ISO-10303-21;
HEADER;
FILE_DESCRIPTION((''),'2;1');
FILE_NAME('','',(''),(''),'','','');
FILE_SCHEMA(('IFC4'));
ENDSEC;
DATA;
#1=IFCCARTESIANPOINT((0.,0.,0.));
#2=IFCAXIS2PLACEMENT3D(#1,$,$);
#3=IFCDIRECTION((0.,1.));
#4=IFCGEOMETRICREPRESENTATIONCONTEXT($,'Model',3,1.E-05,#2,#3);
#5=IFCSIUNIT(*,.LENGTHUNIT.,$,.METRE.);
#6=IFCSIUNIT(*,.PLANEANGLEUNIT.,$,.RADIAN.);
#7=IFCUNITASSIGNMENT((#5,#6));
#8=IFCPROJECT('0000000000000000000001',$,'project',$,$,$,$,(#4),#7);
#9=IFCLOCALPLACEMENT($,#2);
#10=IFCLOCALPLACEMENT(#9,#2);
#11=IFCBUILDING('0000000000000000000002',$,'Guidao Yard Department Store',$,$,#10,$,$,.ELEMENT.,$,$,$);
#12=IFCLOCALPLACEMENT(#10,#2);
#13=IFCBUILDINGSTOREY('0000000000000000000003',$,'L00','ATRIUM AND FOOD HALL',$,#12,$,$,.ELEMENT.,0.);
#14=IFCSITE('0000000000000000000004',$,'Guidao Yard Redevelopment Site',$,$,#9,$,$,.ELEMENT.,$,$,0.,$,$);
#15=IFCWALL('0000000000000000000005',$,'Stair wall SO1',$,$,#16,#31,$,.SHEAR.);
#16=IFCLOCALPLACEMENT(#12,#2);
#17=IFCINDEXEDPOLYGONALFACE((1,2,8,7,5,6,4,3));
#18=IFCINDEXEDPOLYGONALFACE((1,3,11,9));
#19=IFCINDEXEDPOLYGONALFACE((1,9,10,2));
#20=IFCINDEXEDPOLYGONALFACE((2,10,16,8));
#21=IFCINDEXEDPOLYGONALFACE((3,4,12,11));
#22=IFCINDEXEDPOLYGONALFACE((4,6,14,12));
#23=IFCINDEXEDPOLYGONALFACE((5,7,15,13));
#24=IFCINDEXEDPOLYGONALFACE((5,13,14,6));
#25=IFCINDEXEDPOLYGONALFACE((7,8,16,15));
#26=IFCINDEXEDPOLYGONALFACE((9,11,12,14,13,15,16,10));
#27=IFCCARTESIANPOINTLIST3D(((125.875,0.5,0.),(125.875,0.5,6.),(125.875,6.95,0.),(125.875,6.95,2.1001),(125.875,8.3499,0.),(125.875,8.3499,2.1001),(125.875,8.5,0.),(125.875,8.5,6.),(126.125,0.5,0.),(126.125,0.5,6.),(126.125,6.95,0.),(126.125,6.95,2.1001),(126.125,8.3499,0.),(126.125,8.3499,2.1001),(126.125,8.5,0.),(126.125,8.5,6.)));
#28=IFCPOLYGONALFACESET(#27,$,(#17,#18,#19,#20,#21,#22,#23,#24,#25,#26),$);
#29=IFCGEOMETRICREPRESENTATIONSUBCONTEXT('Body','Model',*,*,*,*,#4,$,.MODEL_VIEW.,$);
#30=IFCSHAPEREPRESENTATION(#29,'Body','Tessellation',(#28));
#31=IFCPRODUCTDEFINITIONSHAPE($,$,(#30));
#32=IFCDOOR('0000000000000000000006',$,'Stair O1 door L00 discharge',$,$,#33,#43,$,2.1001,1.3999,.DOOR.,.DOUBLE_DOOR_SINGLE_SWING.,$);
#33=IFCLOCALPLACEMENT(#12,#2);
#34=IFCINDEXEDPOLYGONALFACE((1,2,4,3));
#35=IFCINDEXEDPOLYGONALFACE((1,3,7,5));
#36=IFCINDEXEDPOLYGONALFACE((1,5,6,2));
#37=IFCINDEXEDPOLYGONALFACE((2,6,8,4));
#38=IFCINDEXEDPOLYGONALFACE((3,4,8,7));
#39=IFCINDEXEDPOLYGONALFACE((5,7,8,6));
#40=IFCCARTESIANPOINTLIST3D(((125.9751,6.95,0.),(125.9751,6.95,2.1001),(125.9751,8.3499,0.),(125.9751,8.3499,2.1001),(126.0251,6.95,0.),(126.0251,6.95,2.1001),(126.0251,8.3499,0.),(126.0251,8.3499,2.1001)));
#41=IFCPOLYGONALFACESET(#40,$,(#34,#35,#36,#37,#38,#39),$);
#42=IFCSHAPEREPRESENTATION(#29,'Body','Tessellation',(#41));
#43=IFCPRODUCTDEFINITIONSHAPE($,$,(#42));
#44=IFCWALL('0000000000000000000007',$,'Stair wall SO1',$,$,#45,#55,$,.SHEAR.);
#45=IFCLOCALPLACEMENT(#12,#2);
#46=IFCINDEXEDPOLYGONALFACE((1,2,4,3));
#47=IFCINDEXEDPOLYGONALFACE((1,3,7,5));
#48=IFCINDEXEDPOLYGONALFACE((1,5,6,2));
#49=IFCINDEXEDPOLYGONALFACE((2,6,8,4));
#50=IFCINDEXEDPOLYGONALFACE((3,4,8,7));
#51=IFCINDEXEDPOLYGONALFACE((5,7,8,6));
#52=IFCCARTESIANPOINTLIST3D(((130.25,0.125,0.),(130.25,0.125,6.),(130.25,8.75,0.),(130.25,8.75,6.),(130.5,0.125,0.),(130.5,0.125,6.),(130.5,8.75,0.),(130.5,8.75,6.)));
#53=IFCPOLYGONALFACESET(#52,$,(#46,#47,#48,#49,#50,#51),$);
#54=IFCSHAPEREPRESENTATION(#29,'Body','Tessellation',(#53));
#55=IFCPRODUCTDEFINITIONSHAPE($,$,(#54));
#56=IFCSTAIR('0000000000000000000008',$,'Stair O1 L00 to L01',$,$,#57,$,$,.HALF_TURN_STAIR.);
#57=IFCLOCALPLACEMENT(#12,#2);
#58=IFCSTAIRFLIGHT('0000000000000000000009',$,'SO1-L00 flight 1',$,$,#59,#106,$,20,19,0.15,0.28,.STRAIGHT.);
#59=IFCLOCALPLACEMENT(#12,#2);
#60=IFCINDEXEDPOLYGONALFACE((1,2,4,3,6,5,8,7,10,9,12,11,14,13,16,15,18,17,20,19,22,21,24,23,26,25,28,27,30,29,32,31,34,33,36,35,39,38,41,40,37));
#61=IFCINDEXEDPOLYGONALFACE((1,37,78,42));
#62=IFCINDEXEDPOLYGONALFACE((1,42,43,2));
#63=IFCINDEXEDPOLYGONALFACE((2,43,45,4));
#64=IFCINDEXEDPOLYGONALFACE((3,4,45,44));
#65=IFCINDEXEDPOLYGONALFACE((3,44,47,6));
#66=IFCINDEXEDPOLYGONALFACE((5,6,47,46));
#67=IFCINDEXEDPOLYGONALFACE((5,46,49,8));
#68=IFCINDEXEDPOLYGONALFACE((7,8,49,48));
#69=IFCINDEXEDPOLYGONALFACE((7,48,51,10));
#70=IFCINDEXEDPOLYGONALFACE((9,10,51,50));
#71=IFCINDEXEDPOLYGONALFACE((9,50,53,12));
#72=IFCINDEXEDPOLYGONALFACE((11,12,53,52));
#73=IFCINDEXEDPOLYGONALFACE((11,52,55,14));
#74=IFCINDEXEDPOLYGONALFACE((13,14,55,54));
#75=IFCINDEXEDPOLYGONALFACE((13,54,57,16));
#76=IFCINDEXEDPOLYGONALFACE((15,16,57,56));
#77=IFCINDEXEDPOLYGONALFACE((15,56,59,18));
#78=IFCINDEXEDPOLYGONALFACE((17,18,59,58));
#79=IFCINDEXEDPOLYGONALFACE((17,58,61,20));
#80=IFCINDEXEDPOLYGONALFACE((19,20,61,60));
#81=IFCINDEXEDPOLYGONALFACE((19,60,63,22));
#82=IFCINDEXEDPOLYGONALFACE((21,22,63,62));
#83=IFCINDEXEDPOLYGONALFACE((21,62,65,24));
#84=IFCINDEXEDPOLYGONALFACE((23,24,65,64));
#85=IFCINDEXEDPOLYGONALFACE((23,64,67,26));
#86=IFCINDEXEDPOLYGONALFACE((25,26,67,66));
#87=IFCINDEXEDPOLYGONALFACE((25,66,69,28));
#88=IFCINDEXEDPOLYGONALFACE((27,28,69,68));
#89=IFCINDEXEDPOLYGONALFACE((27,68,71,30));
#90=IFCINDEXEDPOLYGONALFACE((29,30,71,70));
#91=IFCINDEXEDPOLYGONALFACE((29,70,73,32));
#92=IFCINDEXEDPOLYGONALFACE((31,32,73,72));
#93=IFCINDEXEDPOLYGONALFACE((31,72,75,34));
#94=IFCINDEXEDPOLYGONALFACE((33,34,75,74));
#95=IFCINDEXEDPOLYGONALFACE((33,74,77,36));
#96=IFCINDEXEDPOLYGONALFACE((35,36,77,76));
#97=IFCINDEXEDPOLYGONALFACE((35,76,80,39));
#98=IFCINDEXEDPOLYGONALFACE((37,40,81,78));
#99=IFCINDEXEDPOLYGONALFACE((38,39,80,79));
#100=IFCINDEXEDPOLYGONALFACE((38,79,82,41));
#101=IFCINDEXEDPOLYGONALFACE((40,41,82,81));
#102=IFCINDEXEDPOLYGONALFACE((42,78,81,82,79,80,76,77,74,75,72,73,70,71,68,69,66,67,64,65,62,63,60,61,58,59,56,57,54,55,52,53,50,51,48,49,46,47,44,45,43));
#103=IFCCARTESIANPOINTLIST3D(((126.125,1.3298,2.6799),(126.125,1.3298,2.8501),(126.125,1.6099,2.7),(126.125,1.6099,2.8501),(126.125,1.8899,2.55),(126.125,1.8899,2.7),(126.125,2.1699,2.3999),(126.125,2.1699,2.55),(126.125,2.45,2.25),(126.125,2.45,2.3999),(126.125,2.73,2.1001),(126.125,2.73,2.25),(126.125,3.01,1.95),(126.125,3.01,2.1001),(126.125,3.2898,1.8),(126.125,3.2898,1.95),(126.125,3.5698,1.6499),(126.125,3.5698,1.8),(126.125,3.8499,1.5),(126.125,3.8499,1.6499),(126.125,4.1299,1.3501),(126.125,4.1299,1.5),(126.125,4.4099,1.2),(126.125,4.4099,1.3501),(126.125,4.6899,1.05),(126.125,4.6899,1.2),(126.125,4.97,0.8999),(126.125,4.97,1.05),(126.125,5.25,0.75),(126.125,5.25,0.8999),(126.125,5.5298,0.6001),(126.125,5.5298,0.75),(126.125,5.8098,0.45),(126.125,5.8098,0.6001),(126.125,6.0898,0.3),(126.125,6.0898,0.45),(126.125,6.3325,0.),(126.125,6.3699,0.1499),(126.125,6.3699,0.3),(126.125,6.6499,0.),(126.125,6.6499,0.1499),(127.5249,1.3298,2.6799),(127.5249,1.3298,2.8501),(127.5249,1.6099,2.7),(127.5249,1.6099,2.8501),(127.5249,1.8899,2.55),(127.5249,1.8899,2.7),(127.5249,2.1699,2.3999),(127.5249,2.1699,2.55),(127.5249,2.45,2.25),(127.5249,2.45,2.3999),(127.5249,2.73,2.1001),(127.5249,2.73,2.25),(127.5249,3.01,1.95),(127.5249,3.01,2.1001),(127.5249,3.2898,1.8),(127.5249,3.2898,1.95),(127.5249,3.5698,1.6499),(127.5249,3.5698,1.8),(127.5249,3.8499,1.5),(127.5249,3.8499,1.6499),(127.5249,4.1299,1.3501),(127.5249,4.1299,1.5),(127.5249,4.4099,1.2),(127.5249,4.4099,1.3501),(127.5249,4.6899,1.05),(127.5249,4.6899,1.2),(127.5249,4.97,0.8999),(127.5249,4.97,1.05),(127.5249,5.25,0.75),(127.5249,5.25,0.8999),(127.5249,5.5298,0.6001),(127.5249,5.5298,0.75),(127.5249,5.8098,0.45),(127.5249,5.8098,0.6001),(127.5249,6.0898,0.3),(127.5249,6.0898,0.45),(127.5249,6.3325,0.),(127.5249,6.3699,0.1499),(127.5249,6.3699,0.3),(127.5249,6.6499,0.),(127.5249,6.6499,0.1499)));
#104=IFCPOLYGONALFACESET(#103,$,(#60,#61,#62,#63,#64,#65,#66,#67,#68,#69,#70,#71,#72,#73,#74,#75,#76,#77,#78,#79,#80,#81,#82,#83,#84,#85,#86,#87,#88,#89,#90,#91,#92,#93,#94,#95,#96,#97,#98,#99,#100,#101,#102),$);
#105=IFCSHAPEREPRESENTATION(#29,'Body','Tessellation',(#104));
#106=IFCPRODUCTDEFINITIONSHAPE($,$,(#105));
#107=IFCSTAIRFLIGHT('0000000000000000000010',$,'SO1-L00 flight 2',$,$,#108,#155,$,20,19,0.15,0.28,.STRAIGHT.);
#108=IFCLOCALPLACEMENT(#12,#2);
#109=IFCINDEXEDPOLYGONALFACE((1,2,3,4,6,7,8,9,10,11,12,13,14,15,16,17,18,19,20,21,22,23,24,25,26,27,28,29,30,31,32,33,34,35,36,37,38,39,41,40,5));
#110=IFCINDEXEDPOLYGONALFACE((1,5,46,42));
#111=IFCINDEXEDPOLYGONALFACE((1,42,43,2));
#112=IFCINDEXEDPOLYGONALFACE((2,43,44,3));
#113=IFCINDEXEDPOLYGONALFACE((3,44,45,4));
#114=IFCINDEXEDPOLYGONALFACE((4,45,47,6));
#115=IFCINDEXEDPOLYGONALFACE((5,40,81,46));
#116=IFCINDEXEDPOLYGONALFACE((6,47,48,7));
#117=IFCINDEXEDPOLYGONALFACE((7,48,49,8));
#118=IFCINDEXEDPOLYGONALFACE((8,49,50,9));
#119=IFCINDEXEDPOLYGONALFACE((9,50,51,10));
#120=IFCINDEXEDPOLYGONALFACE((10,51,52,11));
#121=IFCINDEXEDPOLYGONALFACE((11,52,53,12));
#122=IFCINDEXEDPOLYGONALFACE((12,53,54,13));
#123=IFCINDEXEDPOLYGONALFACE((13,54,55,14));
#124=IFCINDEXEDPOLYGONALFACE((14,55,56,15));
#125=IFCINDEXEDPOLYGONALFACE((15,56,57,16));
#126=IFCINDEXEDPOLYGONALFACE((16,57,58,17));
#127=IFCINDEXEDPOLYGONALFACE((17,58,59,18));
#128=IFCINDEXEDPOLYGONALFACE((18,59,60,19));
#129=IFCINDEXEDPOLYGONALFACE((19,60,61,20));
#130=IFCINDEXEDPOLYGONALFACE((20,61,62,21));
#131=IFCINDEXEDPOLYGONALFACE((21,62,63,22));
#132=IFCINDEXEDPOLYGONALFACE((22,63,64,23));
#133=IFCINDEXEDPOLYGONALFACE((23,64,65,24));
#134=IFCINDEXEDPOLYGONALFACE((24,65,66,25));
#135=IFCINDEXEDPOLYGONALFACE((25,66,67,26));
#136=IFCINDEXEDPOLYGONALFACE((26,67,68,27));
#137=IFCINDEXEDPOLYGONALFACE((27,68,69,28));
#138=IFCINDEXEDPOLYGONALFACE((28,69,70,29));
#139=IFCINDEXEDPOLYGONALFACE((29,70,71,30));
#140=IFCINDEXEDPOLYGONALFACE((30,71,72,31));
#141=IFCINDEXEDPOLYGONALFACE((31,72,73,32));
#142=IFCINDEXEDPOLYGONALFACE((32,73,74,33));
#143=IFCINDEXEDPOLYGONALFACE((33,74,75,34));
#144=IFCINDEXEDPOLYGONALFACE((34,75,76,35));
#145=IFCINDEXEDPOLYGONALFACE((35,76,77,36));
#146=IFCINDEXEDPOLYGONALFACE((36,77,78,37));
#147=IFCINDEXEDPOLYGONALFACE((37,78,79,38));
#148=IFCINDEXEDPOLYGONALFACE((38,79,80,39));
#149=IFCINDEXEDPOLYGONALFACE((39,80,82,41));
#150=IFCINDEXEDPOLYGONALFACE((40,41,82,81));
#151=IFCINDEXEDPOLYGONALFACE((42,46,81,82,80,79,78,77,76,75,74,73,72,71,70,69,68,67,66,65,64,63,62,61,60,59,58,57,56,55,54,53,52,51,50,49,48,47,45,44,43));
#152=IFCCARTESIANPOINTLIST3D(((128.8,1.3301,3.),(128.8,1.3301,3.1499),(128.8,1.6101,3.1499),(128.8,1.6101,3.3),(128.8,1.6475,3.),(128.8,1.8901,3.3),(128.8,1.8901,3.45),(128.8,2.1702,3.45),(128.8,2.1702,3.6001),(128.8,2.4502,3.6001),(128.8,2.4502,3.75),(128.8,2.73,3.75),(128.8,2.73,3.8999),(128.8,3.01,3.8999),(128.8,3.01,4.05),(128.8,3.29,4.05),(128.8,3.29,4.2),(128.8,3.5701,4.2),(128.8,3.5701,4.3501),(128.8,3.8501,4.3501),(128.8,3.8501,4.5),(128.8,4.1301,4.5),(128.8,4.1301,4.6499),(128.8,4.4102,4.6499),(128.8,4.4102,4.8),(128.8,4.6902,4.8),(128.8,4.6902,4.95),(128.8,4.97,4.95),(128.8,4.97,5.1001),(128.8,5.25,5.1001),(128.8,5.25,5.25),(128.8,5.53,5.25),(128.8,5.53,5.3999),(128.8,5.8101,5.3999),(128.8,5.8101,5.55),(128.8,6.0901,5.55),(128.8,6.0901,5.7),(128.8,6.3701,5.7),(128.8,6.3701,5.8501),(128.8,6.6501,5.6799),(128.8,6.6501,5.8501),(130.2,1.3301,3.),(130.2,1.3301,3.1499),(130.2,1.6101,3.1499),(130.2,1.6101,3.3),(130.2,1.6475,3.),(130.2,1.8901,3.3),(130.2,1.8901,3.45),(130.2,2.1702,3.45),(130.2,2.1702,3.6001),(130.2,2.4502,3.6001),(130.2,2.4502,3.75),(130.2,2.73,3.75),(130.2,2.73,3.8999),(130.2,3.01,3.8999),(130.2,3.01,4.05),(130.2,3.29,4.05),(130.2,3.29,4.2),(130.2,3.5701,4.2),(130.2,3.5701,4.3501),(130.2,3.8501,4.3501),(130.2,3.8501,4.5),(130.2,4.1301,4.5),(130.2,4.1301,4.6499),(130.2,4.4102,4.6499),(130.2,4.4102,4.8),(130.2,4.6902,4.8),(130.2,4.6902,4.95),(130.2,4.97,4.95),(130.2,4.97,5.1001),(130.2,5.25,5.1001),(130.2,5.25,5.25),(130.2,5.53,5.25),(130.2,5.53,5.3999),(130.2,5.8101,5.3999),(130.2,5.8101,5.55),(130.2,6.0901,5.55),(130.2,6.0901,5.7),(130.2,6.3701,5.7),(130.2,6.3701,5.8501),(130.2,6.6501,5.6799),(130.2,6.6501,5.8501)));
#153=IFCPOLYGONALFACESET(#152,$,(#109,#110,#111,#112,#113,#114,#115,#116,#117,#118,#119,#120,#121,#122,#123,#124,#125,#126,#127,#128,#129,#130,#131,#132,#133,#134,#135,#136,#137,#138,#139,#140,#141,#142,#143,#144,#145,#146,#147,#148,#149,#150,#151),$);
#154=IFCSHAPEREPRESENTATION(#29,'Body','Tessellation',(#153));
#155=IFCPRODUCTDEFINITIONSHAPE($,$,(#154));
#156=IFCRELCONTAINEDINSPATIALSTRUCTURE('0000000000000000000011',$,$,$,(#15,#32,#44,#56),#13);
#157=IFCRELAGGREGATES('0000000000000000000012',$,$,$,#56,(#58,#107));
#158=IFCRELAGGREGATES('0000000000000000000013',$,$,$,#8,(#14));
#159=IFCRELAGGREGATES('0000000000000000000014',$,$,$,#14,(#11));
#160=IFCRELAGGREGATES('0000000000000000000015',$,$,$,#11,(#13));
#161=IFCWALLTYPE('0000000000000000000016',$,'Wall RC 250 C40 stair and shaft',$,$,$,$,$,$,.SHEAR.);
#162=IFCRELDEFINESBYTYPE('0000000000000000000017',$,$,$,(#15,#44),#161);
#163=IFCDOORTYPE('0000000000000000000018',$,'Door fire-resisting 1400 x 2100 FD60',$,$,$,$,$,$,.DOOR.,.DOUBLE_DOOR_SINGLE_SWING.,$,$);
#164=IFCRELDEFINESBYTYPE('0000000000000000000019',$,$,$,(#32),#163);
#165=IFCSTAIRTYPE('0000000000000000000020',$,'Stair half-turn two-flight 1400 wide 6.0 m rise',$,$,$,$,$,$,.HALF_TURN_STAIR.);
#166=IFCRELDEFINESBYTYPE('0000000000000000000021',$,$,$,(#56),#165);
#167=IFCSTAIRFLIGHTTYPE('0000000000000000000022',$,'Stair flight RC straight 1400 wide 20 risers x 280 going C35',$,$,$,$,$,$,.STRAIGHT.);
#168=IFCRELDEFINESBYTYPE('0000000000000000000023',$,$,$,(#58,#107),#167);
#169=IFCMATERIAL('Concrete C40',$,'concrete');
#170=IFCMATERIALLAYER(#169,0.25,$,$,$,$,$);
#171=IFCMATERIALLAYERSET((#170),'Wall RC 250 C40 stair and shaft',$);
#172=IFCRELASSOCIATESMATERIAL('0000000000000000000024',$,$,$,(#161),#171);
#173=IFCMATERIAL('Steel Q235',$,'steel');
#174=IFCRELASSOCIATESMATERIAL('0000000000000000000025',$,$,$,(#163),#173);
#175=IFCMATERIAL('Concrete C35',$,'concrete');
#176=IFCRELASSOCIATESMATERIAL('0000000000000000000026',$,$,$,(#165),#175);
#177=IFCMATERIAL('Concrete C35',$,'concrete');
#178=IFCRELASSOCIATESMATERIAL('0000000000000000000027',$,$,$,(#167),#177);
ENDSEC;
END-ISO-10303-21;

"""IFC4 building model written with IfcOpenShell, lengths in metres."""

from ifc_helpers import new_model, si_unit, direction, frame, frame_2d, origin, place, context, subcontext, project, spatial, polyline, rectangle, outline, extrude, material, layer, layer_set, type_object, element, fill, aggregate, save


model = new_model("IFC4")

# Units and contexts
model_context = context("Model", 3, precision=1e-05, world=origin(), true_north=direction((0.0, 1.0)))
body_context = subcontext(model_context, "Body", "Model", "MODEL_VIEW")
ifc_project = project(units=[si_unit("LENGTHUNIT", "METRE"), si_unit("PLANEANGLEUNIT", "RADIAN")], contexts=[model_context])

# Site, building, storey
site_placement = place(None, origin())
site = spatial("IfcSite", under=ifc_project, at=site_placement, Name="Guidao Yard Redevelopment Site", CompositionType="ELEMENT", RefElevation=0.0)
building_placement = place(site_placement, origin())
building = spatial("IfcBuilding", under=site, at=building_placement, Name="Guidao Yard Department Store", CompositionType="ELEMENT")
storey_placement = place(building_placement, origin())
storey = spatial("IfcBuildingStorey", under=building, at=storey_placement, Name="L00", Description="ATRIUM AND FOOD HALL", CompositionType="ELEMENT", Elevation=0.0)

# Shared definitions
ifc_material_1 = material(Name="Concrete C40", Category="concrete")
ifc_layer_1 = layer(ifc_material_1, 0.25)
ifc_layer_set_1 = layer_set([ifc_layer_1], Name="Wall RC 250 C40 stair and shaft")
wall_type_1 = type_object("IfcWallType", Name="Wall RC 250 C40 stair and shaft", PredefinedType="SHEAR", material=ifc_layer_set_1)

# Wall, opening, door
wall_1_placement = place(storey_placement, frame((126.0, 0.5, 0.0), z_axis=(0.0, 0.0, 1.0), x_axis=(0.0, 1.0, 0.0)))
wall_1 = element("IfcWall", 1, at=wall_1_placement, inside=storey, type_object=wall_type_1, Name="Stair wall SO1", PredefinedType="SHEAR", context=body_context, shape_type="SweptSolid", body=[
    extrude(rectangle(XDim=8.0, YDim=0.25, at=frame_2d((4.0, 0.0))), origin(), (0.0, 0.0, 1.0), 6.0),
])
opening_1_placement = place(wall_1_placement, frame((6.45, 0.0, 0.0)))
opening_1 = element("IfcOpeningElement", 2, at=opening_1_placement, cuts=wall_1, PredefinedType="OPENING", context=body_context, shape_type="SweptSolid", body=[
    extrude(rectangle(XDim=1.3999, YDim=2.1001, at=frame_2d((0.7, 1.05))), frame((0.0, 0.135, 0.0), z_axis=(0.0, -1.0, 0.0), x_axis=(1.0, 0.0, 0.0)), (0.0, 0.0, 1.0), 0.27),
])
ifc_material_2 = material(Name="Steel Q235", Category="steel")
door_type_1 = type_object("IfcDoorType", Name="Door fire-resisting 1400 x 2100 FD60", OperationType="DOUBLE_DOOR_SINGLE_SWING", PredefinedType="DOOR", material=ifc_material_2)
door_1_placement = place(opening_1_placement, origin())
door_1 = element("IfcDoor", 3, at=door_1_placement, inside=storey, type_object=door_type_1, Name="Stair O1 door L00 discharge", OperationType="DOUBLE_DOOR_SINGLE_SWING", OverallHeight=2.1001, OverallWidth=1.3999, PredefinedType="DOOR", context=body_context, shape_type="SweptSolid", body=[
    extrude(rectangle(XDim=1.3999, YDim=2.1001, at=frame_2d((0.7, 1.05))), frame((0.0, 0.0249, 0.0), z_axis=(0.0, -1.0, 0.0), x_axis=(1.0, 0.0, 0.0)), (0.0, 0.0, 1.0), 0.05),
])
fill(opening_1, door_1)

# Wall
wall_2_placement = place(storey_placement, frame((130.375, 0.125, 0.0), z_axis=(0.0, 0.0, 1.0), x_axis=(0.0, 1.0, 0.0)))
element("IfcWall", 4, at=wall_2_placement, inside=storey, type_object=wall_type_1, Name="Stair wall SO1", PredefinedType="SHEAR", context=body_context, shape_type="SweptSolid", body=[
    extrude(rectangle(XDim=8.625, YDim=0.25, at=frame_2d((4.3125, 0.0))), origin(), (0.0, 0.0, 1.0), 6.0),
])

# Stair, stair flights
ifc_material_3 = material(Name="Concrete C35", Category="concrete")
stair_type = type_object("IfcStairType", Name="Stair half-turn two-flight 1400 wide 6.0 m rise", PredefinedType="HALF_TURN_STAIR", material=ifc_material_3)
stair_placement = place(storey_placement, origin())
stair = element("IfcStair", 5, at=stair_placement, inside=storey, type_object=stair_type, Name="Stair O1 L00 to L01", PredefinedType="HALF_TURN_STAIR")
ifc_material_4 = material(Name="Concrete C35", Category="concrete")
stair_flight_type = type_object("IfcStairFlightType", Name="Stair flight RC straight 1400 wide 20 risers x 280 going C35", PredefinedType="STRAIGHT", material=ifc_material_4)
stair_flight_1_placement = place(storey_placement, frame((126.825, 6.6499, 0.0), z_axis=(0.0, 0.0, 1.0), x_axis=(0.0, -1.0, 0.0)))
stair_flight_1 = element("IfcStairFlight", 6, at=stair_flight_1_placement, type_object=stair_flight_type, Name="SO1-L00 flight 1", NumberOfRisers=20, NumberOfTreads=19, PredefinedType="STRAIGHT", RiserHeight=0.15, TreadLength=0.28, context=body_context, shape_type="SweptSolid", body=[
    extrude(outline(polyline([(0.0, 0.0), (0.0, 0.1499), (0.28, 0.1499), (0.28, 0.3), (0.5601, 0.3), (0.5601, 0.45), (0.8401, 0.45), (0.8401, 0.6001), (1.1201, 0.6001), (1.1201, 0.75), (1.3999, 0.75), (1.3999, 0.8999), (1.6799, 0.8999), (1.6799, 1.05), (1.96, 1.05), (1.96, 1.2), (2.24, 1.2), (2.24, 1.3501), (2.52, 1.3501), (2.52, 1.5), (2.8, 1.5), (2.8, 1.6499), (3.0801, 1.6499), (3.0801, 1.8), (3.3601, 1.8), (3.3601, 1.95), (3.6399, 1.95), (3.6399, 2.1001), (3.9199, 2.1001), (3.9199, 2.25), (4.2, 2.25), (4.2, 2.3999), (4.48, 2.3999), (4.48, 2.55), (4.76, 2.55), (4.76, 2.7), (5.04, 2.7), (5.04, 2.8501), (5.3201, 2.8501), (5.3201, 3.0), (5.3201, 2.6799), (0.3174, 0.0), (0.0, 0.0)])), frame((0.0, 0.7, 0.0), z_axis=(0.0, -1.0, 0.0), x_axis=(1.0, 0.0, 0.0)), (0.0, 0.0, 1.0), 1.3999),
])
stair_flight_2_placement = place(storey_placement, frame((129.5, 1.3301, 3.0), z_axis=(0.0, 0.0, 1.0), x_axis=(0.0, 1.0, 0.0)))
stair_flight_2 = element("IfcStairFlight", 7, at=stair_flight_2_placement, type_object=stair_flight_type, Name="SO1-L00 flight 2", NumberOfRisers=20, NumberOfTreads=19, PredefinedType="STRAIGHT", RiserHeight=0.15, TreadLength=0.28, context=body_context, shape_type="SweptSolid", body=[
    extrude(outline(polyline([(0.0, 0.0), (0.0, 0.1499), (0.28, 0.1499), (0.28, 0.3), (0.5601, 0.3), (0.5601, 0.45), (0.8401, 0.45), (0.8401, 0.6001), (1.1201, 0.6001), (1.1201, 0.75), (1.3999, 0.75), (1.3999, 0.8999), (1.6799, 0.8999), (1.6799, 1.05), (1.96, 1.05), (1.96, 1.2), (2.24, 1.2), (2.24, 1.3501), (2.52, 1.3501), (2.52, 1.5), (2.8, 1.5), (2.8, 1.6499), (3.0801, 1.6499), (3.0801, 1.8), (3.3601, 1.8), (3.3601, 1.95), (3.6399, 1.95), (3.6399, 2.1001), (3.9199, 2.1001), (3.9199, 2.25), (4.2, 2.25), (4.2, 2.3999), (4.48, 2.3999), (4.48, 2.55), (4.76, 2.55), (4.76, 2.7), (5.04, 2.7), (5.04, 2.8501), (5.3201, 2.8501), (5.3201, 3.0), (5.3201, 2.6799), (0.3174, 0.0), (0.0, 0.0)])), frame((0.0, 0.7, 0.0), z_axis=(0.0, -1.0, 0.0), x_axis=(1.0, 0.0, 0.0)), (0.0, 0.0, 1.0), 1.3999),
])
aggregate(stair, [stair_flight_1, stair_flight_2])

save(model, "model.ifc")
